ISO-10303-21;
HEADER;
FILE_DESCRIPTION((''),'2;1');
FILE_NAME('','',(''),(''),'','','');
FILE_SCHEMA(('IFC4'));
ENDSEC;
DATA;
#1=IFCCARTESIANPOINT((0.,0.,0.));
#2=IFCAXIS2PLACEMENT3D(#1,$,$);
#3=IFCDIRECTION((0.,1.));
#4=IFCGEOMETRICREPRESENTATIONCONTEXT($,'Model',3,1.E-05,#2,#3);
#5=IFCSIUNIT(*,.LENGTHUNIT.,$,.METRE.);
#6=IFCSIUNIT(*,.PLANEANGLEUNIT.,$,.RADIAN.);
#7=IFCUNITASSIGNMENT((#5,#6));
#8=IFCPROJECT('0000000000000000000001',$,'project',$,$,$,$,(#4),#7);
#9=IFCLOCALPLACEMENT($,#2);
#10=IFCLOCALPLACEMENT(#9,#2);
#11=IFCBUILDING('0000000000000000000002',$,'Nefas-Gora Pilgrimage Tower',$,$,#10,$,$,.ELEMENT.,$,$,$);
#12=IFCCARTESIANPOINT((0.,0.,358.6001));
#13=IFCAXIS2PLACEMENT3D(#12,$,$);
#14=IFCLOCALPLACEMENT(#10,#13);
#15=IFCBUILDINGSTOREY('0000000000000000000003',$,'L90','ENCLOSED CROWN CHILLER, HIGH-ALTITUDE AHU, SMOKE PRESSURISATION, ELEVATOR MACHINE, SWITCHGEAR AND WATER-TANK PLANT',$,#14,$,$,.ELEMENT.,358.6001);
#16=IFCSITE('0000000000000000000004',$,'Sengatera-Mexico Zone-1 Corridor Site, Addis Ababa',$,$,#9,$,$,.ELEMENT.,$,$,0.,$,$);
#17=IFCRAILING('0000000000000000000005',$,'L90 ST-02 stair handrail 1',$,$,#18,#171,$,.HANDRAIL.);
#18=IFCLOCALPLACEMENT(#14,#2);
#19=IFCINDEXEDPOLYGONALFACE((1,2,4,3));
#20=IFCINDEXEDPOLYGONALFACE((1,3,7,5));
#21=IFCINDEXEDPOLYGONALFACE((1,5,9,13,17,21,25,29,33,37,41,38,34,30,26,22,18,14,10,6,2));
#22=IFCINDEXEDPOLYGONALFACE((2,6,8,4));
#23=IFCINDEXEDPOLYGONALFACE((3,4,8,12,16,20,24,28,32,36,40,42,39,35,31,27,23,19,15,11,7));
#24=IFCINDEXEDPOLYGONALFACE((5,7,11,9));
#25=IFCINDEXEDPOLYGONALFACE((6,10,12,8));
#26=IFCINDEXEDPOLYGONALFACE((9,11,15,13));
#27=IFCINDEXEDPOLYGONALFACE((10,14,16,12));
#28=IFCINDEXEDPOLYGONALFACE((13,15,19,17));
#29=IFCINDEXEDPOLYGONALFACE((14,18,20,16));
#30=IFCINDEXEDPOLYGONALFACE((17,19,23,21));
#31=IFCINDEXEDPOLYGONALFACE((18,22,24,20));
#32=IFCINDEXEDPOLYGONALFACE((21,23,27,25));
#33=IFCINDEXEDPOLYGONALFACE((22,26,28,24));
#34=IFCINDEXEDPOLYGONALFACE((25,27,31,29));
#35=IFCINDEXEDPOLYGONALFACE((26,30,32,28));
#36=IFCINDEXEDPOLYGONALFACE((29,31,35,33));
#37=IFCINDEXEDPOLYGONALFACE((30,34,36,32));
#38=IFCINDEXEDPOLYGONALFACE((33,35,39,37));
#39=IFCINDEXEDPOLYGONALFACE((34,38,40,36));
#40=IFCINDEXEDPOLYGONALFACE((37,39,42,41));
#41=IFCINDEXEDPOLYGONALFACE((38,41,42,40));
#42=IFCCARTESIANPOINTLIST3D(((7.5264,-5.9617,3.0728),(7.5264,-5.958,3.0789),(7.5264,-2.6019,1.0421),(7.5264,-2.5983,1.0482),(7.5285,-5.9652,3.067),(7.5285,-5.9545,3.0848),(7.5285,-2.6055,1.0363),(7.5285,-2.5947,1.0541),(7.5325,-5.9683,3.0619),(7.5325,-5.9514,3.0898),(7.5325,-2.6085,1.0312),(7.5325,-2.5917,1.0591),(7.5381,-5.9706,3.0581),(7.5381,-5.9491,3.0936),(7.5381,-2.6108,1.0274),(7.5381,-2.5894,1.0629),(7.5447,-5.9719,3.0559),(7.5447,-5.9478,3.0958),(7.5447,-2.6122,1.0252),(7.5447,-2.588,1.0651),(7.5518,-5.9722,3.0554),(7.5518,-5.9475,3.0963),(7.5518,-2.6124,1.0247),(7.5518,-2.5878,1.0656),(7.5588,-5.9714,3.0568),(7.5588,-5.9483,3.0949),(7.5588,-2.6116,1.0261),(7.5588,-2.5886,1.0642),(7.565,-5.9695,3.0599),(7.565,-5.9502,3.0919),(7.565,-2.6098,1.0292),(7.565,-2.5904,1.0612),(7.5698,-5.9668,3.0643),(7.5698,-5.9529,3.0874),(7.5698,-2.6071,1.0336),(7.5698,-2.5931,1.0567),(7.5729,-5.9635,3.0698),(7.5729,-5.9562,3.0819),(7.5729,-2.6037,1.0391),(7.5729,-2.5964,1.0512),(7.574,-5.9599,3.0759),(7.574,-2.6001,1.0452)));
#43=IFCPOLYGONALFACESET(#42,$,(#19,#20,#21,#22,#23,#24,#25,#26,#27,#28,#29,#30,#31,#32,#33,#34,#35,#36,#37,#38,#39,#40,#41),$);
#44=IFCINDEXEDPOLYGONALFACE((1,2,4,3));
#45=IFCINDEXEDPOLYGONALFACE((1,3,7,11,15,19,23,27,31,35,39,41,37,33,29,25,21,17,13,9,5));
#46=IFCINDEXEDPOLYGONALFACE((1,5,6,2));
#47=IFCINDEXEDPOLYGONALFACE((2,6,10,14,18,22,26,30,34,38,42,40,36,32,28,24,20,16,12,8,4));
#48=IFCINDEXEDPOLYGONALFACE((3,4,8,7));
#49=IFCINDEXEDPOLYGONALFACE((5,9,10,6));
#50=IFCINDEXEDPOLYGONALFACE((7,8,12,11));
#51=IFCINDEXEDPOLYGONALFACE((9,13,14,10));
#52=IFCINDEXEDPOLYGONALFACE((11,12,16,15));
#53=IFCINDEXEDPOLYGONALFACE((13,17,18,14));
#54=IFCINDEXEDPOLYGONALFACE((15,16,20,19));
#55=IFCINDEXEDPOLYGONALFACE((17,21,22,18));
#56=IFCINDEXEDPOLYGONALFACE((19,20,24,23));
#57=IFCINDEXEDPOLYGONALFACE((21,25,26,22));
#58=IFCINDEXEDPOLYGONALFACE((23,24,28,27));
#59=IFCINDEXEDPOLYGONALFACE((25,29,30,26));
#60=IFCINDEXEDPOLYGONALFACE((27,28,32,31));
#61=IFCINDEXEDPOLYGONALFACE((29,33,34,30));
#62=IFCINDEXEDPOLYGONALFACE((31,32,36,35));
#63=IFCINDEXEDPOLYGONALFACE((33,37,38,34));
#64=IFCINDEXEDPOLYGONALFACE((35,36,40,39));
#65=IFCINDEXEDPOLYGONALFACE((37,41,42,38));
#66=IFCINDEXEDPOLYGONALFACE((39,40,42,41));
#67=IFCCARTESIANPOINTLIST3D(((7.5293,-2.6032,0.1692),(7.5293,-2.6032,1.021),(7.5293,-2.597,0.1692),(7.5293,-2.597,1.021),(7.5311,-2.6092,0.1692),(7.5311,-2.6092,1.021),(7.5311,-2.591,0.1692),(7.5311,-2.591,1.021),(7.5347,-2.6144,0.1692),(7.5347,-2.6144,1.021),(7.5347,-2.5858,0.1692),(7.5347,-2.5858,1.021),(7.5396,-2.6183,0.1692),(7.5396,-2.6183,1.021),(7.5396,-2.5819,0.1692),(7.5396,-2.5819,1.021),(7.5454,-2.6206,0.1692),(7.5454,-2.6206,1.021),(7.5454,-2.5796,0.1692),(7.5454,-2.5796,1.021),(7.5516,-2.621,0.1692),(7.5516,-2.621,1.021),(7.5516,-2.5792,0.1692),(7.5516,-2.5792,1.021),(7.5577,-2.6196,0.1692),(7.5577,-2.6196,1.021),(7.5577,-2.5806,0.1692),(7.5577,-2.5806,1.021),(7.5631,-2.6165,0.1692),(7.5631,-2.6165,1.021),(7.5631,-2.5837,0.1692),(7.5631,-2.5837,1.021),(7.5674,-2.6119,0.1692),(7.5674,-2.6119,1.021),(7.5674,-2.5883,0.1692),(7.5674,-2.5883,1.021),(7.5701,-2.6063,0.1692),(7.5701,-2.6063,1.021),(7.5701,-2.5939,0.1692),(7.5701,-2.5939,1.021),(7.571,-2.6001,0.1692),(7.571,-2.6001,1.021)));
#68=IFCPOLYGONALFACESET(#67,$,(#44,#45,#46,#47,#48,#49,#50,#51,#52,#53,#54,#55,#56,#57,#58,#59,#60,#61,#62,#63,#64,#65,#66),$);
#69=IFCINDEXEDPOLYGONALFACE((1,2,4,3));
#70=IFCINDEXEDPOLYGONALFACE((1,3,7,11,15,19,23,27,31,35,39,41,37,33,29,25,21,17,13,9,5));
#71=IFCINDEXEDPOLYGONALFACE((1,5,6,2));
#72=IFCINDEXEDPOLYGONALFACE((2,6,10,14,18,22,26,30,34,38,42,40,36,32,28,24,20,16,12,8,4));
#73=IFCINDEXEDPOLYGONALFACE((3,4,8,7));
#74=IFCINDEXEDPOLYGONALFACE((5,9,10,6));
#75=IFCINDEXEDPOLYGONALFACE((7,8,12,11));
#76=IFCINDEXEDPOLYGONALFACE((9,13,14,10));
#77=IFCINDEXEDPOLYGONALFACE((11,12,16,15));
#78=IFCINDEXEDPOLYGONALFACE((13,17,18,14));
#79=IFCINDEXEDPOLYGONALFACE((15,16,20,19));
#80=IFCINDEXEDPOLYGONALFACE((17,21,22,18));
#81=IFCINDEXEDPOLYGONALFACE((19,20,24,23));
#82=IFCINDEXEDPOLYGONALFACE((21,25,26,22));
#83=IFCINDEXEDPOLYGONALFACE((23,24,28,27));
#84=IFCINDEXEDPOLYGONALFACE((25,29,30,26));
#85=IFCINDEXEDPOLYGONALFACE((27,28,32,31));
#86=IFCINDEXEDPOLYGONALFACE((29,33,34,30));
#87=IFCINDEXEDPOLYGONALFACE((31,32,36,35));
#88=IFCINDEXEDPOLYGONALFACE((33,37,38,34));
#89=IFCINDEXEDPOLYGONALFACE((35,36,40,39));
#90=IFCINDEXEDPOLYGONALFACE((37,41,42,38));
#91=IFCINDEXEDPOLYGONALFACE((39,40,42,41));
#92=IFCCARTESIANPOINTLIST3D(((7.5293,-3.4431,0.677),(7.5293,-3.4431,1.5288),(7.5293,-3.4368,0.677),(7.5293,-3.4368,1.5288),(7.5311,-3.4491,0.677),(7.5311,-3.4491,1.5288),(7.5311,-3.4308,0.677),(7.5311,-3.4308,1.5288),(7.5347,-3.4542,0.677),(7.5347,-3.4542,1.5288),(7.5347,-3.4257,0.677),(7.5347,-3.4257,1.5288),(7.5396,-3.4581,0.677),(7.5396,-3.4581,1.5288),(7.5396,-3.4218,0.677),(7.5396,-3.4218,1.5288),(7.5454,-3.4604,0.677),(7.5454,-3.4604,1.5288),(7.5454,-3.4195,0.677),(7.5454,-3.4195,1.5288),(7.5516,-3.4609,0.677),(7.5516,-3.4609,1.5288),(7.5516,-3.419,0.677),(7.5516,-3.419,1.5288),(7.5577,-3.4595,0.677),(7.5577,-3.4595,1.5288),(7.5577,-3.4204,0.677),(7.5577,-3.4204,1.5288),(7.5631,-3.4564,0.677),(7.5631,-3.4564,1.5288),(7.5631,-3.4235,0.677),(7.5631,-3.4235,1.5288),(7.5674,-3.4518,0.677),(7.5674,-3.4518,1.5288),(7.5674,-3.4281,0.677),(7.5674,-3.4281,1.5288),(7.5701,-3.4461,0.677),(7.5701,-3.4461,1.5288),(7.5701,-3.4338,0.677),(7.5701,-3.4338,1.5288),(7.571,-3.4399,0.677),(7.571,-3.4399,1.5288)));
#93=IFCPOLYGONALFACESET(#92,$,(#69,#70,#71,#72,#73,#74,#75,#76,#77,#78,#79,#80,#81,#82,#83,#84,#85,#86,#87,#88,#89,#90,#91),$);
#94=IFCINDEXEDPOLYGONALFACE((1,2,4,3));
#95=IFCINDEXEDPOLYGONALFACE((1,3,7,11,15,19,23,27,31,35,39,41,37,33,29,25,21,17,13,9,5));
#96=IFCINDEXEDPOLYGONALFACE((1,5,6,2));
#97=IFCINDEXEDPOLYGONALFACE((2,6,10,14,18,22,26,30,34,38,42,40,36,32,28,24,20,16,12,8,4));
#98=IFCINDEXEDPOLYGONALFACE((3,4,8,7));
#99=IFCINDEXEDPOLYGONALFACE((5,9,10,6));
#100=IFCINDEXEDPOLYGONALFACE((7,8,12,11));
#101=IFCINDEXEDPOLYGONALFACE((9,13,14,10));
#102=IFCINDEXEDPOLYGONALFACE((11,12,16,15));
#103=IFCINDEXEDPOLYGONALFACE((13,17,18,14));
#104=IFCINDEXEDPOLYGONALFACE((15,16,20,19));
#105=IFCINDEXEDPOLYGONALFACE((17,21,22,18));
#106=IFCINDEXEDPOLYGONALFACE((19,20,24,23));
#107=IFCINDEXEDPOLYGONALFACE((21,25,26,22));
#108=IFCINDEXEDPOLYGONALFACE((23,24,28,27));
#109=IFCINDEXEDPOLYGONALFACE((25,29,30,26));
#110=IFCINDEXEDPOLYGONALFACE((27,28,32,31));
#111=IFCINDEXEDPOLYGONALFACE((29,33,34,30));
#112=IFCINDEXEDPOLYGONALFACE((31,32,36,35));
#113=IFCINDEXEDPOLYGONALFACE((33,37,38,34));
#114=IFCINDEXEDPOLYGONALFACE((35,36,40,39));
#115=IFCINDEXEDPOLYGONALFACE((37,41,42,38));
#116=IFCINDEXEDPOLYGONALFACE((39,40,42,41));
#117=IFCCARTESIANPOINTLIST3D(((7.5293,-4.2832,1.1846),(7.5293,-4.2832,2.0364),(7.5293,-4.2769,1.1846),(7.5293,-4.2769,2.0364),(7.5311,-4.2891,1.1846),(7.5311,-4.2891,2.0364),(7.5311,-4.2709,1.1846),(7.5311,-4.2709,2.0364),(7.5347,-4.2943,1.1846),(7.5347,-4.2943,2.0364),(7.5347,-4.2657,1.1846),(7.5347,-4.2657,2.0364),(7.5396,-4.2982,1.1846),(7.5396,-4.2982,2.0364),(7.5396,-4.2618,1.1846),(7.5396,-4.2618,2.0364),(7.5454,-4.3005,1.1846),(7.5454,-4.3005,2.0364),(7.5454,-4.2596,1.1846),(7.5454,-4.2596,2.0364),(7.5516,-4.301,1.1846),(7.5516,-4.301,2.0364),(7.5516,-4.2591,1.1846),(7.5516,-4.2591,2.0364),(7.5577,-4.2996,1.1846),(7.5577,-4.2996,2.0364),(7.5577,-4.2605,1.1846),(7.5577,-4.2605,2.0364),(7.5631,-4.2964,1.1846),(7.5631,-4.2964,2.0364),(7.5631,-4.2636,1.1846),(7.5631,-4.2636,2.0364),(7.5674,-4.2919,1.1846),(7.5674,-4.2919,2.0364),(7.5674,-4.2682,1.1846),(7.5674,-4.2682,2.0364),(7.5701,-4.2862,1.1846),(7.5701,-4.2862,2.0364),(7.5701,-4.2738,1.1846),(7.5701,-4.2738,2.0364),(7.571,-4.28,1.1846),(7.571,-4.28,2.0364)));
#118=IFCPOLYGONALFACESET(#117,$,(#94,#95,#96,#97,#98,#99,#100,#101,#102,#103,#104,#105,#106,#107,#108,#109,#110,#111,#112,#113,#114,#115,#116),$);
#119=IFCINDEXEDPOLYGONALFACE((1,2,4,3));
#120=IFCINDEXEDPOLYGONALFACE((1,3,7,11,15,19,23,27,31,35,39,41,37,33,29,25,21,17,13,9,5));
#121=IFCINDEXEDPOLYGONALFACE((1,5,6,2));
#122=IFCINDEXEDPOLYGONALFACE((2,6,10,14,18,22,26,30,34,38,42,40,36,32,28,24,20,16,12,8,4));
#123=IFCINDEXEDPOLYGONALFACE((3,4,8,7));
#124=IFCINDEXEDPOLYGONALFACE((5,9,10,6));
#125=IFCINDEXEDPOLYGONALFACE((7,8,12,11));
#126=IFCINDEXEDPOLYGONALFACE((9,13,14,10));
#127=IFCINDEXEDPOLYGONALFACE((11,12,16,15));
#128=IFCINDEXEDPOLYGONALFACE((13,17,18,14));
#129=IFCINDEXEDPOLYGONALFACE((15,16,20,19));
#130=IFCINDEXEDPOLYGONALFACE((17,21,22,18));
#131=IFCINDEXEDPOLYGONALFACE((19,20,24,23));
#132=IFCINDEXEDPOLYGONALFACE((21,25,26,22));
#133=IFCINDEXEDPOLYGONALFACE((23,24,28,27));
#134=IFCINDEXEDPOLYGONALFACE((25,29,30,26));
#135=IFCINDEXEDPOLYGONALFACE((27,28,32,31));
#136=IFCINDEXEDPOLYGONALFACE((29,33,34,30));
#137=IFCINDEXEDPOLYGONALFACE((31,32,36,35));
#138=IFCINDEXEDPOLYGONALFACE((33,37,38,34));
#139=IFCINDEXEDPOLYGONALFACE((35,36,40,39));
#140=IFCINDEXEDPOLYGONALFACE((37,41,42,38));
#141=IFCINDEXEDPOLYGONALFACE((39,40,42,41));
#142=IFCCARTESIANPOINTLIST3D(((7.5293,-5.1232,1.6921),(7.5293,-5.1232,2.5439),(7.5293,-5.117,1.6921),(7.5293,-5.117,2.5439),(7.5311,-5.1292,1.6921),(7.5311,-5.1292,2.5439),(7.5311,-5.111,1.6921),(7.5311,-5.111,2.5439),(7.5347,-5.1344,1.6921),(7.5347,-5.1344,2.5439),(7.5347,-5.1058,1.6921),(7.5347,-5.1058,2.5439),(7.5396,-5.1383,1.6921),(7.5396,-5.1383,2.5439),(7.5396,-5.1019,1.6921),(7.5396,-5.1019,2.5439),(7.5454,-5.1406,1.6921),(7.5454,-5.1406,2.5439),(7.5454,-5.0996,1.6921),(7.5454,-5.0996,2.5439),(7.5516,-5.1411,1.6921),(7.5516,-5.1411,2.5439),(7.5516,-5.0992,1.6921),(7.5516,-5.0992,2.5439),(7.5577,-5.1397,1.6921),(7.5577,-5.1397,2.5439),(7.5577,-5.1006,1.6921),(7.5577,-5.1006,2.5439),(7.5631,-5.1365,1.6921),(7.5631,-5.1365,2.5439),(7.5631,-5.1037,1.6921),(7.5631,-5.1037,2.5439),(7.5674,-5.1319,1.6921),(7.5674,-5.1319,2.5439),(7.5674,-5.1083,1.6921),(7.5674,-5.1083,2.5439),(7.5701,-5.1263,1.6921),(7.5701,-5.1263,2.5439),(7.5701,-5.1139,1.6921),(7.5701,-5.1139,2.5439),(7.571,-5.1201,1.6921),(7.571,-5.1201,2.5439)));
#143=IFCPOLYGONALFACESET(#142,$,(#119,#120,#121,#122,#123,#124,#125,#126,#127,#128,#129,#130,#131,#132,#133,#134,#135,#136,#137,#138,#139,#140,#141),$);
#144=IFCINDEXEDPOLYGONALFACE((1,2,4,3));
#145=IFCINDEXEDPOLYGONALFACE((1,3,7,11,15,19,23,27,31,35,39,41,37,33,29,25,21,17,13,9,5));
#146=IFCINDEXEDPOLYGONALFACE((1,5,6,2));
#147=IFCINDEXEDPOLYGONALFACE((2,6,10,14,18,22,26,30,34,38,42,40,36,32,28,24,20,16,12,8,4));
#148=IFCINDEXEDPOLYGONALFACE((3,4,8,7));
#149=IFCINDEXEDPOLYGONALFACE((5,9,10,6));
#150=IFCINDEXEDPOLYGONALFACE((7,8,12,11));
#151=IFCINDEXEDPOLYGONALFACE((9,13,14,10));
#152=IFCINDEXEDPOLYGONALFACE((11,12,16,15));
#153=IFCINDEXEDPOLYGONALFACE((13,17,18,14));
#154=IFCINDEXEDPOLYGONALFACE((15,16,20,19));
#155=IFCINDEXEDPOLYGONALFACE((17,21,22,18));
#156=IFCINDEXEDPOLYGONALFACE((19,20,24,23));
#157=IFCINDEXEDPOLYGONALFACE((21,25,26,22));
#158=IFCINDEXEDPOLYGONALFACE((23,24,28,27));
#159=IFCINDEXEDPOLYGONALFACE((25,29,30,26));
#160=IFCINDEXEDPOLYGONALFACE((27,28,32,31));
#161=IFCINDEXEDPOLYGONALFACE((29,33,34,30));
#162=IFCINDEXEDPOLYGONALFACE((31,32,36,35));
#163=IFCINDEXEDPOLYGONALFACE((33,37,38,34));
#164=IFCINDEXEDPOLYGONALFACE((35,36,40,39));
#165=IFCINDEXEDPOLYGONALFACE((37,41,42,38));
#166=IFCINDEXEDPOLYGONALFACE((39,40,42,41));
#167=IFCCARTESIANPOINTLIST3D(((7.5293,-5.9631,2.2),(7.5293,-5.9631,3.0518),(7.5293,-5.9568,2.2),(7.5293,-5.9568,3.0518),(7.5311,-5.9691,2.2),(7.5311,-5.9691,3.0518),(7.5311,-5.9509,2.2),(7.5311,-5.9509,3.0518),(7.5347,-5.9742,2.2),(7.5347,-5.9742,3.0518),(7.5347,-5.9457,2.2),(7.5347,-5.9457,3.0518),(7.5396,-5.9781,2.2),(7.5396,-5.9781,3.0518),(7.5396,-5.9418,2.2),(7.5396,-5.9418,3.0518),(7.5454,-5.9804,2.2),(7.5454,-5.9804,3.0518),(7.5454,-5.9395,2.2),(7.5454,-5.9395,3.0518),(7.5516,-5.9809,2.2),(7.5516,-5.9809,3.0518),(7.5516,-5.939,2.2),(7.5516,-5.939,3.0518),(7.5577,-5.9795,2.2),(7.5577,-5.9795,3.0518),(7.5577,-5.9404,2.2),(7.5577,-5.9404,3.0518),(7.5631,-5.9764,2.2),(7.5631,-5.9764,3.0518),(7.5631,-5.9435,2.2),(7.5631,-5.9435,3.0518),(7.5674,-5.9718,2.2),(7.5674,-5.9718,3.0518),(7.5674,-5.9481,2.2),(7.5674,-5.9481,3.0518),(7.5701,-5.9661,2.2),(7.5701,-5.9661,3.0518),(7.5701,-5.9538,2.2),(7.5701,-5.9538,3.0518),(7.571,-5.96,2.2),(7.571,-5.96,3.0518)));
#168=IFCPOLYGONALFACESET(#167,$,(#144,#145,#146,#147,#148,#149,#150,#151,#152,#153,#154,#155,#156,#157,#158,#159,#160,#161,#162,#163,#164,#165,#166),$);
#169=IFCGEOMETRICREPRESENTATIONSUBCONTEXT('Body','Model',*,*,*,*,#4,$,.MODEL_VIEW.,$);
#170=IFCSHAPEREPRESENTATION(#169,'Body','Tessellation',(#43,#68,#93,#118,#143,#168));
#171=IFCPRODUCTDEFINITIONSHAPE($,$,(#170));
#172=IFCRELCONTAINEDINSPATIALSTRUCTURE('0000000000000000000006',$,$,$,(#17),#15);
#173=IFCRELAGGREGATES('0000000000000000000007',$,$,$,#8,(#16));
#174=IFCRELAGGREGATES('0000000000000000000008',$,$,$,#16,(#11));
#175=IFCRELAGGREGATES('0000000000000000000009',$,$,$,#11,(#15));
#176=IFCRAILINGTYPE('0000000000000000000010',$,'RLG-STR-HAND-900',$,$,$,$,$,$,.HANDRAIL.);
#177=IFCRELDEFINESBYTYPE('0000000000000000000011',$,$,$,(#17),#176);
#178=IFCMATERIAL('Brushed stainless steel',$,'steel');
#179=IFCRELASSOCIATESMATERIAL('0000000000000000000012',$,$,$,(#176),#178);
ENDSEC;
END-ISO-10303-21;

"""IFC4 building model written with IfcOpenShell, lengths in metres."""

from ifc_helpers import new_model, si_unit, direction, frame, origin, origin_2d, place, context, subcontext, project, spatial, circle, extrude, material, type_object, element, save


model = new_model("IFC4")

# Units and contexts
model_context = context("Model", 3, precision=1e-05, world=origin(), true_north=direction((0.0, 1.0)))
body_context = subcontext(model_context, "Body", "Model", "MODEL_VIEW")
ifc_project = project(units=[si_unit("LENGTHUNIT", "METRE"), si_unit("PLANEANGLEUNIT", "RADIAN")], contexts=[model_context])

# Site, building, storey
site_placement = place(None, origin())
site = spatial("IfcSite", under=ifc_project, at=site_placement, Name="Sengatera-Mexico Zone-1 Corridor Site, Addis Ababa", CompositionType="ELEMENT", RefElevation=0.0)
building_placement = place(site_placement, origin())
building = spatial("IfcBuilding", under=site, at=building_placement, Name="Nefas-Gora Pilgrimage Tower", CompositionType="ELEMENT")
storey_placement = place(building_placement, frame((0.0, 0.0, 358.6001)))
storey = spatial("IfcBuildingStorey", under=building, at=storey_placement, Name="L90", Description="ENCLOSED CROWN CHILLER, HIGH-ALTITUDE AHU, SMOKE PRESSURISATION, ELEVATOR MACHINE, SWITCHGEAR AND WATER-TANK PLANT", CompositionType="ELEMENT", Elevation=358.6001)

# Railing
ifc_material_1 = material(Name="Brushed stainless steel", Category="steel")
railing_type_1 = type_object("IfcRailingType", Name="RLG-STR-HAND-900", PredefinedType="HANDRAIL", material=ifc_material_1)
railing_1_placement = place(storey_placement, frame((7.55, -2.6001, 0.1692)))
element("IfcRailing", 1, at=railing_1_placement, inside=storey, type_object=railing_type_1, Name="L90 ST-02 stair handrail 1", PredefinedType="HANDRAIL", context=body_context, shape_type="SweptSolid", body=[
    extrude(circle(Radius=0.0239, at=origin_2d()), frame((0.0, 0.0, 0.876), z_axis=(0.0, -0.85582, 0.517273), x_axis=(1.0, 0.0, 0.0)), (0.0, 0.0, 1.0), 3.9258),
    extrude(circle(Radius=0.021, at=origin_2d()), origin(), (0.0, 0.0, 1.0), 0.8518),
    extrude(circle(Radius=0.021, at=origin_2d()), frame((0.0, -0.8398, 0.5078)), (0.0, 0.0, 1.0), 0.8518),
    extrude(circle(Radius=0.021, at=origin_2d()), frame((0.0, -1.6799, 1.0154)), (0.0, 0.0, 1.0), 0.8518),
    extrude(circle(Radius=0.021, at=origin_2d()), frame((0.0, -2.52, 1.5229)), (0.0, 0.0, 1.0), 0.8518),
    extrude(circle(Radius=0.021, at=origin_2d()), frame((0.0, -3.3599, 2.0308)), (0.0, 0.0, 1.0), 0.8518),
])

save(model, "model.ifc")
